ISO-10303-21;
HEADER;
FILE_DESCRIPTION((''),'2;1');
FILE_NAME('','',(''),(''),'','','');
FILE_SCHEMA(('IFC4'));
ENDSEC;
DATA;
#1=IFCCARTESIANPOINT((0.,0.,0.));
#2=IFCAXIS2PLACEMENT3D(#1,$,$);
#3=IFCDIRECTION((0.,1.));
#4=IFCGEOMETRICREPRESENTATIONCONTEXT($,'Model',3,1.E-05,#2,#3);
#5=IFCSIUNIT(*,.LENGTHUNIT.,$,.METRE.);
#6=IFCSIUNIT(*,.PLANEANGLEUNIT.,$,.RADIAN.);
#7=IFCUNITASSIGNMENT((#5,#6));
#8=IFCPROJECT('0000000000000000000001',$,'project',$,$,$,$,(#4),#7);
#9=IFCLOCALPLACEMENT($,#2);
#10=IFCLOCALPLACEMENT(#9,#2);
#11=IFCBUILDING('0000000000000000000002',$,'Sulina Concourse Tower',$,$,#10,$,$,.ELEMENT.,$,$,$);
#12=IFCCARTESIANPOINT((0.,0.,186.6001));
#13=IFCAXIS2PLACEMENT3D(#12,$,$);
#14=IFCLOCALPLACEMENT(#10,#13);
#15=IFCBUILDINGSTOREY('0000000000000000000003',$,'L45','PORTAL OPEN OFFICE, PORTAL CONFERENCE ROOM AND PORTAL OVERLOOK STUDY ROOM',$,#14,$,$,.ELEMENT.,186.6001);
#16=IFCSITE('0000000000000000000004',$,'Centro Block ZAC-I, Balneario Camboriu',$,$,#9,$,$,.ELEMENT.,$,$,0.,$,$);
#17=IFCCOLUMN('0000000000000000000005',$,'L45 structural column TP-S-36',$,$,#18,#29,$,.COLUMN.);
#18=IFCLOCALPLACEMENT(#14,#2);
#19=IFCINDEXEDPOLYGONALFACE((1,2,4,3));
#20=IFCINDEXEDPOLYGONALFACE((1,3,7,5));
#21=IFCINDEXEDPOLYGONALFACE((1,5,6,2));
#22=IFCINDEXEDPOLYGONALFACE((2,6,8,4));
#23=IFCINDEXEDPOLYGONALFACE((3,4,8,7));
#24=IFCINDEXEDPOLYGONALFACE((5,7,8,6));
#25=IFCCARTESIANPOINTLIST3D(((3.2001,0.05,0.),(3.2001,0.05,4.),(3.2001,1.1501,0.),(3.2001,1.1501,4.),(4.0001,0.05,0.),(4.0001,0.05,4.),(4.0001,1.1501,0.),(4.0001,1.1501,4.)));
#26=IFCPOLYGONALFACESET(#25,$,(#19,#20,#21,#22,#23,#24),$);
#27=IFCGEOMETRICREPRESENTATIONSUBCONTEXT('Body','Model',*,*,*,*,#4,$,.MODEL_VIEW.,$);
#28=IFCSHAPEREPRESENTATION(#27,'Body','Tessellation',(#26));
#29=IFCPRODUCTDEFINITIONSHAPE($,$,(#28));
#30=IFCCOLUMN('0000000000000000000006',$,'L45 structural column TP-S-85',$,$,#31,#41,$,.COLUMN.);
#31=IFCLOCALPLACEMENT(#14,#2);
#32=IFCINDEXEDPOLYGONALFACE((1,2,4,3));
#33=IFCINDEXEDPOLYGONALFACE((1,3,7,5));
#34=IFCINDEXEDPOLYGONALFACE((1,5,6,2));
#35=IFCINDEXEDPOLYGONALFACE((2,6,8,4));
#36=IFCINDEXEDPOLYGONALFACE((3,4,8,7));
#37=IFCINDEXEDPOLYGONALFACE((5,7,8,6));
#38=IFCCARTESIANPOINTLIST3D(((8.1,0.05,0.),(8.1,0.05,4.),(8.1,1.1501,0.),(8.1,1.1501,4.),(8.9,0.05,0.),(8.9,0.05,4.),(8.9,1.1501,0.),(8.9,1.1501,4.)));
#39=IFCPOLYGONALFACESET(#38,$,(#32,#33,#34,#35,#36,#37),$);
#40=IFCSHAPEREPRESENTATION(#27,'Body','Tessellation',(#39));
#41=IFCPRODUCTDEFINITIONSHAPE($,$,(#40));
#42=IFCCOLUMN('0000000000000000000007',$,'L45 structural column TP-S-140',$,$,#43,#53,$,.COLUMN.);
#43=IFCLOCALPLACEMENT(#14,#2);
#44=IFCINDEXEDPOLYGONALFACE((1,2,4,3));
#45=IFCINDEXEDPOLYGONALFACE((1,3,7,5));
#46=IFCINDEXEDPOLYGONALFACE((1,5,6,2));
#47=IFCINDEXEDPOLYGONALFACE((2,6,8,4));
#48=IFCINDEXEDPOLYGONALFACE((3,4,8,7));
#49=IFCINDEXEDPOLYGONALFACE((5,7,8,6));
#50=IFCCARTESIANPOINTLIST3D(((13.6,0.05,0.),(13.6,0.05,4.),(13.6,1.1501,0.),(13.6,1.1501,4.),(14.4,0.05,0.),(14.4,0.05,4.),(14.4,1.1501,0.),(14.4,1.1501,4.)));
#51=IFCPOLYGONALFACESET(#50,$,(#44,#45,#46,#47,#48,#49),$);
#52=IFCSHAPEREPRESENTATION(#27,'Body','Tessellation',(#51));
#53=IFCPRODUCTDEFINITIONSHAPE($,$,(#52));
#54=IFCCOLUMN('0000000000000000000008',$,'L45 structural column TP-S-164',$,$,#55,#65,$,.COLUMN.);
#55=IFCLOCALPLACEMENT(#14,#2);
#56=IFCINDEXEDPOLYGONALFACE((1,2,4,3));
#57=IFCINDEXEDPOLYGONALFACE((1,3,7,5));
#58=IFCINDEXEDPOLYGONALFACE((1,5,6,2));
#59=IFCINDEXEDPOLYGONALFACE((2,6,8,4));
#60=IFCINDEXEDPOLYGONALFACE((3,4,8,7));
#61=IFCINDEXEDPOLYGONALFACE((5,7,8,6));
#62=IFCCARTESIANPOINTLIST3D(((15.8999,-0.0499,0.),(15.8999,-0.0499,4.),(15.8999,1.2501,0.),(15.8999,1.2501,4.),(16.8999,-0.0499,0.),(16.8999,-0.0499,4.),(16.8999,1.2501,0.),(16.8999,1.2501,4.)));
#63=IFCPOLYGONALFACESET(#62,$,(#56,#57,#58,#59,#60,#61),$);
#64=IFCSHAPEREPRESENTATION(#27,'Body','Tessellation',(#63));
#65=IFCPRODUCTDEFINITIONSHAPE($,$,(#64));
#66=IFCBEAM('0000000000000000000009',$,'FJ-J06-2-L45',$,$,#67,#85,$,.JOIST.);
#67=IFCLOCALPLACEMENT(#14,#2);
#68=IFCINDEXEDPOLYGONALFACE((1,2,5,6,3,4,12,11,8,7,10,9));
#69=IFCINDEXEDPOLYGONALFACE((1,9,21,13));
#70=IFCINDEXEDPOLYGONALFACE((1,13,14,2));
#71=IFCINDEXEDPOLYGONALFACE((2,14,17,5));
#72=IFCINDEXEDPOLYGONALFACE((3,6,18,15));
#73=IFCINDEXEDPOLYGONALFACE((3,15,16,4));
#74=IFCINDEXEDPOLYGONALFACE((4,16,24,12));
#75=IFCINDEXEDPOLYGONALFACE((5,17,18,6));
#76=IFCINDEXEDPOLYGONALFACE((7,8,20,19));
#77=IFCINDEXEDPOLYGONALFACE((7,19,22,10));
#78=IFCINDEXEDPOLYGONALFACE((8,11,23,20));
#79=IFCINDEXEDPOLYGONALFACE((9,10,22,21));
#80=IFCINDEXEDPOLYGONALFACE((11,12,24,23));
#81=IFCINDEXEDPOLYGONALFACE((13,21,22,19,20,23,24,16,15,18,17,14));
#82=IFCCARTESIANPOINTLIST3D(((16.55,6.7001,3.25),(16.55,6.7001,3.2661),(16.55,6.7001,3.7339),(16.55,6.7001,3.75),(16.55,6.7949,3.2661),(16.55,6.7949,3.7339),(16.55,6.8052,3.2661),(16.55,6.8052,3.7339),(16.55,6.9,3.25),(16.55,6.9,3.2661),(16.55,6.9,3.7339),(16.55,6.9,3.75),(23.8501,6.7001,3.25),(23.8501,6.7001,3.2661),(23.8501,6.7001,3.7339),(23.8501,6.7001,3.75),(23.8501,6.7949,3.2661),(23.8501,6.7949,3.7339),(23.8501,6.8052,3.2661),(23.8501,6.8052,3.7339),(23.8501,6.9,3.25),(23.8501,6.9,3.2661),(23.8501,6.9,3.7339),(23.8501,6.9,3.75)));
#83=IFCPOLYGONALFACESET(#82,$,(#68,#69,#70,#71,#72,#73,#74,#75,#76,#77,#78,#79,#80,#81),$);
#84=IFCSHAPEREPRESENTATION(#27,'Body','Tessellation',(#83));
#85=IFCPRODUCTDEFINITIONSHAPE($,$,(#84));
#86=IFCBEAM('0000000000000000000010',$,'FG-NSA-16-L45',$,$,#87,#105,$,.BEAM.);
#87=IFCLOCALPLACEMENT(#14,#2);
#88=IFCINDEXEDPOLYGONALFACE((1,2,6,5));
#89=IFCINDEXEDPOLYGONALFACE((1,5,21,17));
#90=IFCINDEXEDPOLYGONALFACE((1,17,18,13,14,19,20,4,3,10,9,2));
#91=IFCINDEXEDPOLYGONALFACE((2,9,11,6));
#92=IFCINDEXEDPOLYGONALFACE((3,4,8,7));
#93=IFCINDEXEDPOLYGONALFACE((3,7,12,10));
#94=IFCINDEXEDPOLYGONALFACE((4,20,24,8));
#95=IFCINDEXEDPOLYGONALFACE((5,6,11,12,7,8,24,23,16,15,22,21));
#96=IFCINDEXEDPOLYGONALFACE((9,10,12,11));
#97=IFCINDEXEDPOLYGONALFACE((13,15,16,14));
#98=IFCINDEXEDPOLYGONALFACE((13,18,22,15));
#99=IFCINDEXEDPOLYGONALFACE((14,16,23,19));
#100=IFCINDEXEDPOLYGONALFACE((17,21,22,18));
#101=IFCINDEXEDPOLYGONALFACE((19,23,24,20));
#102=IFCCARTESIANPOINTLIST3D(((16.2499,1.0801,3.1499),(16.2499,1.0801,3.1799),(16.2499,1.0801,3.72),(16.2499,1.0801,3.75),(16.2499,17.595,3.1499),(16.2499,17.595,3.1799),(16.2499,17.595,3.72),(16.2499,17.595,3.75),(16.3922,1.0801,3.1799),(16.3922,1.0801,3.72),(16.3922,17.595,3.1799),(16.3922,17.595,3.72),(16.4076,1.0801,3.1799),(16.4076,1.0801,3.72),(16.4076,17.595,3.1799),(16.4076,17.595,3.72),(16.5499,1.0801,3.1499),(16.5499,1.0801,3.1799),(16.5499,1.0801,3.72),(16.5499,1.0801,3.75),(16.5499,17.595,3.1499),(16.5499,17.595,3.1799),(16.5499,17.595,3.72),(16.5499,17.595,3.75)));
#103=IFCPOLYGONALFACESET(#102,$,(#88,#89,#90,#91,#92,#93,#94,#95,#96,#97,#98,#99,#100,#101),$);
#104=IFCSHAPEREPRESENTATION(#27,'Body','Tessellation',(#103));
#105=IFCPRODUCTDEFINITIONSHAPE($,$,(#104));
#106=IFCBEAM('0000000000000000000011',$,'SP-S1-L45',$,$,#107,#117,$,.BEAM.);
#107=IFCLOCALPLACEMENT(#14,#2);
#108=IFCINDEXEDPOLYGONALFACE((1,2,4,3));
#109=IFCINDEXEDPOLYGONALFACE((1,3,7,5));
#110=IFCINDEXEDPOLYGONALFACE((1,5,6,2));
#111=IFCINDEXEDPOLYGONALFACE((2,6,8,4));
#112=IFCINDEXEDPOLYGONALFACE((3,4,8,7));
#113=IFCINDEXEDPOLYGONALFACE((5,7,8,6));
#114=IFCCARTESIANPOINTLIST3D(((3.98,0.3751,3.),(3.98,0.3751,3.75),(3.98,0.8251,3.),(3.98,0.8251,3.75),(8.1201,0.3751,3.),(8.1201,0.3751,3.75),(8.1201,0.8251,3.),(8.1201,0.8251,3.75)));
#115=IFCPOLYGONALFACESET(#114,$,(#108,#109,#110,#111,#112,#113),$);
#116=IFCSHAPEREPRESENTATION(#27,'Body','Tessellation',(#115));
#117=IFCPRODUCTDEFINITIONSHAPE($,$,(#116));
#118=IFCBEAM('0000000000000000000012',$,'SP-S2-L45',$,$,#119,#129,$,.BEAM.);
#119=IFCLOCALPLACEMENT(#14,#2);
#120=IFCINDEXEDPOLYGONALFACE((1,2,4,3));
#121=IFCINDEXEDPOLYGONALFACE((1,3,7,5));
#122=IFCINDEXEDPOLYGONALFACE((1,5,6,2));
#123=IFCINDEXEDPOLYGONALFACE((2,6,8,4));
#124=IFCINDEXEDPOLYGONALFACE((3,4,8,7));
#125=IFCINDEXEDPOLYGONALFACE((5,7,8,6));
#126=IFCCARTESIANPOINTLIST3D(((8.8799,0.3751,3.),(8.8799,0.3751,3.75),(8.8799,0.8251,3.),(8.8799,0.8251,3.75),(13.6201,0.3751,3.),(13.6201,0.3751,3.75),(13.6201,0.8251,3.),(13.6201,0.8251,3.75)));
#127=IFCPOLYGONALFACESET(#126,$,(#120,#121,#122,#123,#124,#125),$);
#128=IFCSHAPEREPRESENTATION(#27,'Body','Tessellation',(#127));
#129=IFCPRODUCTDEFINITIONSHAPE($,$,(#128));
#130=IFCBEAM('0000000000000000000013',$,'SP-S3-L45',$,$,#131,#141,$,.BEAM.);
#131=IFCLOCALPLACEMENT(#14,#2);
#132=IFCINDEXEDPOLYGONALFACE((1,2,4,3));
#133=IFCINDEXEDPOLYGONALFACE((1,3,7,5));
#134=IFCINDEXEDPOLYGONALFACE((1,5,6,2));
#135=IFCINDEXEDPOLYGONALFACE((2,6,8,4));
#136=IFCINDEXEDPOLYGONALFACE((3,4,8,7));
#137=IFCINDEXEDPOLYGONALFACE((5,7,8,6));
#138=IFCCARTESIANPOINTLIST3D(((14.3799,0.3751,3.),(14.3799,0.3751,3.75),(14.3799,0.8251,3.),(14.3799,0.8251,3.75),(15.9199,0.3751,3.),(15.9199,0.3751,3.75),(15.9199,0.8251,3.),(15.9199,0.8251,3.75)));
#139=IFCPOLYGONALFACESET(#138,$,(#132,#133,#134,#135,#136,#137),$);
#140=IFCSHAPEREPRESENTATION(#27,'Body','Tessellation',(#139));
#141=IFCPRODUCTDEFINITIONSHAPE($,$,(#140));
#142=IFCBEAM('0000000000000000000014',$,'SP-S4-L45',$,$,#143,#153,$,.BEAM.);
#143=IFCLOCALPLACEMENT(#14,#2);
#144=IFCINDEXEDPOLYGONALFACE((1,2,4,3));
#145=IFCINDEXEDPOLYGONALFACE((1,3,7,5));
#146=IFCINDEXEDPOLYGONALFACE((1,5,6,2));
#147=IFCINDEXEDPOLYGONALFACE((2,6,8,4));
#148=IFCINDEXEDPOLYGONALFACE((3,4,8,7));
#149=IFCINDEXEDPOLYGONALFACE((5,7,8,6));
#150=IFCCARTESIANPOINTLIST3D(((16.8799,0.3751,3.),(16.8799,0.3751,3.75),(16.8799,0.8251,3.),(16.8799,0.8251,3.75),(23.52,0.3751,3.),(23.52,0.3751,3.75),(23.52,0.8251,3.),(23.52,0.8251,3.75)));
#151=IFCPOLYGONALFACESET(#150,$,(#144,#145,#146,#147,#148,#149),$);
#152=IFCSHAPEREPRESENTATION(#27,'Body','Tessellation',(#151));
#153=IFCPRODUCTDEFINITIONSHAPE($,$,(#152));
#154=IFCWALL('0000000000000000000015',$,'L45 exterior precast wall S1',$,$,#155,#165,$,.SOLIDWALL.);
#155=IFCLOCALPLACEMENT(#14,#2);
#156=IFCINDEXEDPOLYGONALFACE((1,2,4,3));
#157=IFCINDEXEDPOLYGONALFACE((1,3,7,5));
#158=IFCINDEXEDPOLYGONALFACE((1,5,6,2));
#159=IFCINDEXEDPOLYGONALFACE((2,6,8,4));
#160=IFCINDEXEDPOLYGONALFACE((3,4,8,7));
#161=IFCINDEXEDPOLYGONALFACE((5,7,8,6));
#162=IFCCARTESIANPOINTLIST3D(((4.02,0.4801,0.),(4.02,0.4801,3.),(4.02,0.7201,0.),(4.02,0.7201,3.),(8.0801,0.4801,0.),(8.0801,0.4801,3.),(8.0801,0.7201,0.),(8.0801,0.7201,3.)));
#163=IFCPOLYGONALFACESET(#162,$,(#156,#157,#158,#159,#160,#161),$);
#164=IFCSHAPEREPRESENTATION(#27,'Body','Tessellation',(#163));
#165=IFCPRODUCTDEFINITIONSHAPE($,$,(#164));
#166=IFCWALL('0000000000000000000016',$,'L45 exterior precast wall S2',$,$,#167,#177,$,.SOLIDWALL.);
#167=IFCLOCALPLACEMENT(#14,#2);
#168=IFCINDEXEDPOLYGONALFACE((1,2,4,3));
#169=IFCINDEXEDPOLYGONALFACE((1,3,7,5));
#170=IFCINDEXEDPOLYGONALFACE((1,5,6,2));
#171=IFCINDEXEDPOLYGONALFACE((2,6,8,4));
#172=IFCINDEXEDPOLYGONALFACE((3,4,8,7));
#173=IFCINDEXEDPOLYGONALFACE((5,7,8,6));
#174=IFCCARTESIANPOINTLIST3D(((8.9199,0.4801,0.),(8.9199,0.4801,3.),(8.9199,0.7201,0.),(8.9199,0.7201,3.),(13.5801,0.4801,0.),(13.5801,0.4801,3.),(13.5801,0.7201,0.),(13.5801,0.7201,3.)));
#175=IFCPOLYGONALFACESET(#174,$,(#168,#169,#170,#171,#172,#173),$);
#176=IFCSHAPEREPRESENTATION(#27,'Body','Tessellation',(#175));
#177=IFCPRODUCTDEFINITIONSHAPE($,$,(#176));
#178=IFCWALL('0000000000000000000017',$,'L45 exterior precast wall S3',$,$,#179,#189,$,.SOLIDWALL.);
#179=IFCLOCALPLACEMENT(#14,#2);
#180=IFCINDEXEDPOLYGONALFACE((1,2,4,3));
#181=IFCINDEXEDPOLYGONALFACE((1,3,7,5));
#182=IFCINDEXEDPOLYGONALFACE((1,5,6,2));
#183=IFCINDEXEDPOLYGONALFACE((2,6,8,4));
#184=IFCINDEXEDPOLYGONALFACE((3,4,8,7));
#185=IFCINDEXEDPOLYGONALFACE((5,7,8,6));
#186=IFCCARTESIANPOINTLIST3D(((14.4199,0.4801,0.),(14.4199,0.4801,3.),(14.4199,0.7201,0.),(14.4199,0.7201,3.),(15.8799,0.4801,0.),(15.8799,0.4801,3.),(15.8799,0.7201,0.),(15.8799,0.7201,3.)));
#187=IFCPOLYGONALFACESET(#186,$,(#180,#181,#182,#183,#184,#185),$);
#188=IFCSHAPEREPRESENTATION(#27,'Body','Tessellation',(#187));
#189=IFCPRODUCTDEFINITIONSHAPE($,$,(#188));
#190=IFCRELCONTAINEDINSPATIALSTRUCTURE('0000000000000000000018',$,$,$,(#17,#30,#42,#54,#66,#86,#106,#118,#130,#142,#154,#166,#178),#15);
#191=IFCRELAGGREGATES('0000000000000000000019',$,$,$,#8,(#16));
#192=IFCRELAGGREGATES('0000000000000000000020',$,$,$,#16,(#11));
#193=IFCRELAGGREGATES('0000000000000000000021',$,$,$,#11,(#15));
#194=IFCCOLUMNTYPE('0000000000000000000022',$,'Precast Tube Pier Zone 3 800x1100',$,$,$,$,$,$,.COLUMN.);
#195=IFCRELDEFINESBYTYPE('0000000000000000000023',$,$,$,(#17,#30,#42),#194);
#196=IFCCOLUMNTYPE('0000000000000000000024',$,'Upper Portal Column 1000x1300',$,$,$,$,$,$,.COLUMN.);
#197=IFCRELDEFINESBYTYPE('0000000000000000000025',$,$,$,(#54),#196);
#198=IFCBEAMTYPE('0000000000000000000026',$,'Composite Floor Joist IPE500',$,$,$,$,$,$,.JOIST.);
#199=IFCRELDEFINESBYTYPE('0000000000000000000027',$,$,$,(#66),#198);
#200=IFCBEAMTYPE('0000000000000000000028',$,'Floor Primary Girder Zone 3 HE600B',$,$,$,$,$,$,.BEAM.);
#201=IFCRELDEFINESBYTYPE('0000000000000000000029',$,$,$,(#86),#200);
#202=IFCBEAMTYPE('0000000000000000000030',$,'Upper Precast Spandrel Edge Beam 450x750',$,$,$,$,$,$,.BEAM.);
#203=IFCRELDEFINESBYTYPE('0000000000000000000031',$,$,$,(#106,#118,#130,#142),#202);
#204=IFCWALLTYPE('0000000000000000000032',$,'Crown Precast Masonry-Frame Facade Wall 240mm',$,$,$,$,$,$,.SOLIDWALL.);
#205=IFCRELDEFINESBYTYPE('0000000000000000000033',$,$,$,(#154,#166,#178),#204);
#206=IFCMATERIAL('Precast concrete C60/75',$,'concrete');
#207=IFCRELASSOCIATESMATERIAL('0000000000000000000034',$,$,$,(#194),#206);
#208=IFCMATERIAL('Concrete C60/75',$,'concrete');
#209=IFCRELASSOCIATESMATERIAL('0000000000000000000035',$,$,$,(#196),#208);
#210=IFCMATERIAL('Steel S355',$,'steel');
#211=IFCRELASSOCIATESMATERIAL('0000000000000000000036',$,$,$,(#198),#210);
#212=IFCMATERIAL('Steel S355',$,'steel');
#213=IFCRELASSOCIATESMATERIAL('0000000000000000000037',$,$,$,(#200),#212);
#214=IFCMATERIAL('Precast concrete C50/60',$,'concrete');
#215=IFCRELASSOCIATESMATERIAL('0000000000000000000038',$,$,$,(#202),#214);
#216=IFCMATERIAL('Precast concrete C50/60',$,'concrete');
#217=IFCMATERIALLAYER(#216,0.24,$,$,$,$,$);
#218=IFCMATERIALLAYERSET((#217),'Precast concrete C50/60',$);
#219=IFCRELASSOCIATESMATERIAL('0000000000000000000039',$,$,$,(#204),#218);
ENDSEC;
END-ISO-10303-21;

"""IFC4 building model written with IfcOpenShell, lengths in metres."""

from ifc_helpers import new_model, si_unit, direction, frame, frame_2d, origin, origin_2d, place, context, subcontext, project, spatial, rectangle, i_section, extrude, material, layer, layer_set, material_profile, profile_set, type_object, element, save


model = new_model("IFC4")

# Units and contexts
model_context = context("Model", 3, precision=1e-05, world=origin(), true_north=direction((0.0, 1.0)))
body_context = subcontext(model_context, "Body", "Model", "MODEL_VIEW")
ifc_project = project(units=[si_unit("LENGTHUNIT", "METRE"), si_unit("PLANEANGLEUNIT", "RADIAN")], contexts=[model_context])

# Site, building, storey
site_placement = place(None, origin())
site = spatial("IfcSite", under=ifc_project, at=site_placement, Name="Centro Block ZAC-I, Balneario Camboriu", CompositionType="ELEMENT", RefElevation=0.0)
building_placement = place(site_placement, origin())
building = spatial("IfcBuilding", under=site, at=building_placement, Name="Sulina Concourse Tower", CompositionType="ELEMENT")
storey_placement = place(building_placement, frame((0.0, 0.0, 186.6001)))
storey = spatial("IfcBuildingStorey", under=building, at=storey_placement, Name="L45", Description="PORTAL OPEN OFFICE, PORTAL CONFERENCE ROOM AND PORTAL OVERLOOK STUDY ROOM", CompositionType="ELEMENT", Elevation=186.6001)

# Columns
ifc_material_1 = material(Name="Precast concrete C60/75", Category="concrete")
ifc_material_profile_1 = material_profile(ifc_material_1, rectangle(XDim=0.8, YDim=1.1001, at=origin_2d()), Name="PC 800x1100")
ifc_profile_set_1 = profile_set([ifc_material_profile_1], Name="Precast concrete C60/75")
column_type_1 = type_object("IfcColumnType", Name="Precast Tube Pier Zone 3 800x1100", PredefinedType="COLUMN", material=ifc_profile_set_1)
for number, where, z_axis, x_axis, name in (
    (1, (3.6001, 0.6001, 0.0), (0.0, 0.0, 1.0), (1.0, 0.0, 0.0), "L45 structural column TP-S-36"),
    (2, (8.5, 0.6001, 0.0), (0.0, 0.0, 1.0), (1.0, 0.0, 0.0), "L45 structural column TP-S-85"),
    (3, (14.0, 0.6001, 0.0), (0.0, 0.0, 1.0), (1.0, 0.0, 0.0), "L45 structural column TP-S-140"),
):
    element("IfcColumn", number, at=place(storey_placement, frame(where, z_axis=z_axis, x_axis=x_axis)), inside=storey, type_object=column_type_1, Name=name, PredefinedType="COLUMN", context=body_context, shape_type="SweptSolid", body=[
        extrude(rectangle(XDim=0.8, YDim=1.1001, at=origin_2d()), origin(), (0.0, 0.0, 1.0), 4.0),
    ])
ifc_material_2 = material(Name="Concrete C60/75", Category="concrete")
ifc_material_profile_2 = material_profile(ifc_material_2, rectangle(XDim=1.0, YDim=1.3, at=origin_2d()), Name="RC 1000x1300")
ifc_profile_set_2 = profile_set([ifc_material_profile_2], Name="Concrete C60/75")
column_type_2 = type_object("IfcColumnType", Name="Upper Portal Column 1000x1300", PredefinedType="COLUMN", material=ifc_profile_set_2)
column_placement = place(storey_placement, frame((16.3999, 0.6001, 0.0), z_axis=(0.0, 0.0, 1.0), x_axis=(1.0, 0.0, 0.0)))
element("IfcColumn", 4, at=column_placement, inside=storey, type_object=column_type_2, Name="L45 structural column TP-S-164", PredefinedType="COLUMN", context=body_context, shape_type="SweptSolid", body=[
    extrude(rectangle(XDim=1.0, YDim=1.3, at=origin_2d()), origin(), (0.0, 0.0, 1.0), 4.0),
])

# Beams
ifc_material_3 = material(Name="Steel S355", Category="steel")
ifc_material_profile_3 = material_profile(ifc_material_3, i_section(OverallWidth=0.2, OverallDepth=0.5, WebThickness=0.0103, FlangeThickness=0.0161, at=origin_2d()), Name="IPE 500")
ifc_profile_set_3 = profile_set([ifc_material_profile_3], Name="Steel S355")
beam_type_1 = type_object("IfcBeamType", Name="Composite Floor Joist IPE500", PredefinedType="JOIST", material=ifc_profile_set_3)
beam_1_placement = place(storey_placement, frame((16.55, 6.8, 3.5), z_axis=(1.0, 0.0, 0.0), x_axis=(0.0, 1.0, 0.0)))
element("IfcBeam", 5, at=beam_1_placement, inside=storey, type_object=beam_type_1, Name="FJ-J06-2-L45", PredefinedType="JOIST", context=body_context, shape_type="SweptSolid", body=[
    extrude(i_section(OverallWidth=0.2, OverallDepth=0.5, WebThickness=0.0103, FlangeThickness=0.0161, at=origin_2d()), origin(), (0.0, 0.0, 1.0), 7.3),
])
ifc_material_4 = material(Name="Steel S355", Category="steel")
ifc_material_profile_4 = material_profile(ifc_material_4, i_section(OverallWidth=0.3, OverallDepth=0.6001, WebThickness=0.0154, FlangeThickness=0.03, at=origin_2d()), Name="HE 600 B")
ifc_profile_set_4 = profile_set([ifc_material_profile_4], Name="Steel S355")
beam_type_2 = type_object("IfcBeamType", Name="Floor Primary Girder Zone 3 HE600B", PredefinedType="BEAM", material=ifc_profile_set_4)
beam_2_placement = place(storey_placement, frame((16.3999, 1.0801, 3.45), z_axis=(0.0, 1.0, 0.0), x_axis=(-1.0, 0.0, 0.0)))
element("IfcBeam", 6, at=beam_2_placement, inside=storey, type_object=beam_type_2, Name="FG-NSA-16-L45", PredefinedType="BEAM", context=body_context, shape_type="SweptSolid", body=[
    extrude(i_section(OverallWidth=0.3, OverallDepth=0.6001, WebThickness=0.0154, FlangeThickness=0.03, at=origin_2d()), origin(), (0.0, 0.0, 1.0), 16.5149),
])
ifc_material_5 = material(Name="Precast concrete C50/60", Category="concrete")
ifc_material_profile_5 = material_profile(ifc_material_5, rectangle(XDim=0.45, YDim=0.75, at=origin_2d()), Name="RC 450x750")
ifc_profile_set_5 = profile_set([ifc_material_profile_5], Name="Precast concrete C50/60")
beam_type_3 = type_object("IfcBeamType", Name="Upper Precast Spandrel Edge Beam 450x750", PredefinedType="BEAM", material=ifc_profile_set_5)
beam_3_placement = place(storey_placement, frame((3.98, 0.6001, 3.375), z_axis=(1.0, 0.0, 0.0), x_axis=(0.0, 1.0, 0.0)))
element("IfcBeam", 7, at=beam_3_placement, inside=storey, type_object=beam_type_3, Name="SP-S1-L45", PredefinedType="BEAM", context=body_context, shape_type="SweptSolid", body=[
    extrude(rectangle(XDim=0.45, YDim=0.75, at=origin_2d()), origin(), (0.0, 0.0, 1.0), 4.1401),
])
beam_4_placement = place(storey_placement, frame((8.8799, 0.6001, 3.375), z_axis=(1.0, 0.0, 0.0), x_axis=(0.0, 1.0, 0.0)))
element("IfcBeam", 8, at=beam_4_placement, inside=storey, type_object=beam_type_3, Name="SP-S2-L45", PredefinedType="BEAM", context=body_context, shape_type="SweptSolid", body=[
    extrude(rectangle(XDim=0.45, YDim=0.75, at=origin_2d()), origin(), (0.0, 0.0, 1.0), 4.7402),
])
beam_5_placement = place(storey_placement, frame((14.3799, 0.6001, 3.375), z_axis=(1.0, 0.0, 0.0), x_axis=(0.0, 1.0, 0.0)))
element("IfcBeam", 9, at=beam_5_placement, inside=storey, type_object=beam_type_3, Name="SP-S3-L45", PredefinedType="BEAM", context=body_context, shape_type="SweptSolid", body=[
    extrude(rectangle(XDim=0.45, YDim=0.75, at=origin_2d()), origin(), (0.0, 0.0, 1.0), 1.54),
])
beam_6_placement = place(storey_placement, frame((16.8799, 0.6001, 3.375), z_axis=(1.0, 0.0, 0.0), x_axis=(0.0, 1.0, 0.0)))
element("IfcBeam", 10, at=beam_6_placement, inside=storey, type_object=beam_type_3, Name="SP-S4-L45", PredefinedType="BEAM", context=body_context, shape_type="SweptSolid", body=[
    extrude(rectangle(XDim=0.45, YDim=0.75, at=origin_2d()), origin(), (0.0, 0.0, 1.0), 6.6401),
])

# Walls
ifc_material_6 = material(Name="Precast concrete C50/60", Category="concrete")
ifc_layer_1 = layer(ifc_material_6, 0.24)
ifc_layer_set_1 = layer_set([ifc_layer_1], Name="Precast concrete C50/60")
wall_type_1 = type_object("IfcWallType", Name="Crown Precast Masonry-Frame Facade Wall 240mm", PredefinedType="SOLIDWALL", material=ifc_layer_set_1)
wall_1_placement = place(storey_placement, frame((8.0801, 0.6001, 0.0), z_axis=(0.0, 0.0, 1.0), x_axis=(-1.0, 0.0, 0.0)))
element("IfcWall", 11, at=wall_1_placement, inside=storey, type_object=wall_type_1, Name="L45 exterior precast wall S1", PredefinedType="SOLIDWALL", context=body_context, shape_type="SweptSolid", body=[
    extrude(rectangle(XDim=4.0601, YDim=0.24, at=frame_2d((2.03, 0.0))), origin(), (0.0, 0.0, 1.0), 3.0),
])
wall_2_placement = place(storey_placement, frame((13.5801, 0.6001, 0.0), z_axis=(0.0, 0.0, 1.0), x_axis=(-1.0, 0.0, 0.0)))
element("IfcWall", 12, at=wall_2_placement, inside=storey, type_object=wall_type_1, Name="L45 exterior precast wall S2", PredefinedType="SOLIDWALL", context=body_context, shape_type="SweptSolid", body=[
    extrude(rectangle(XDim=4.6602, YDim=0.24, at=frame_2d((2.3301, 0.0))), origin(), (0.0, 0.0, 1.0), 3.0),
])
wall_3_placement = place(storey_placement, frame((15.8799, 0.6001, 0.0), z_axis=(0.0, 0.0, 1.0), x_axis=(-1.0, 0.0, 0.0)))
element("IfcWall", 13, at=wall_3_placement, inside=storey, type_object=wall_type_1, Name="L45 exterior precast wall S3", PredefinedType="SOLIDWALL", context=body_context, shape_type="SweptSolid", body=[
    extrude(rectangle(XDim=1.46, YDim=0.24, at=frame_2d((0.73, 0.0))), origin(), (0.0, 0.0, 1.0), 3.0),
])

save(model, "model.ifc")
